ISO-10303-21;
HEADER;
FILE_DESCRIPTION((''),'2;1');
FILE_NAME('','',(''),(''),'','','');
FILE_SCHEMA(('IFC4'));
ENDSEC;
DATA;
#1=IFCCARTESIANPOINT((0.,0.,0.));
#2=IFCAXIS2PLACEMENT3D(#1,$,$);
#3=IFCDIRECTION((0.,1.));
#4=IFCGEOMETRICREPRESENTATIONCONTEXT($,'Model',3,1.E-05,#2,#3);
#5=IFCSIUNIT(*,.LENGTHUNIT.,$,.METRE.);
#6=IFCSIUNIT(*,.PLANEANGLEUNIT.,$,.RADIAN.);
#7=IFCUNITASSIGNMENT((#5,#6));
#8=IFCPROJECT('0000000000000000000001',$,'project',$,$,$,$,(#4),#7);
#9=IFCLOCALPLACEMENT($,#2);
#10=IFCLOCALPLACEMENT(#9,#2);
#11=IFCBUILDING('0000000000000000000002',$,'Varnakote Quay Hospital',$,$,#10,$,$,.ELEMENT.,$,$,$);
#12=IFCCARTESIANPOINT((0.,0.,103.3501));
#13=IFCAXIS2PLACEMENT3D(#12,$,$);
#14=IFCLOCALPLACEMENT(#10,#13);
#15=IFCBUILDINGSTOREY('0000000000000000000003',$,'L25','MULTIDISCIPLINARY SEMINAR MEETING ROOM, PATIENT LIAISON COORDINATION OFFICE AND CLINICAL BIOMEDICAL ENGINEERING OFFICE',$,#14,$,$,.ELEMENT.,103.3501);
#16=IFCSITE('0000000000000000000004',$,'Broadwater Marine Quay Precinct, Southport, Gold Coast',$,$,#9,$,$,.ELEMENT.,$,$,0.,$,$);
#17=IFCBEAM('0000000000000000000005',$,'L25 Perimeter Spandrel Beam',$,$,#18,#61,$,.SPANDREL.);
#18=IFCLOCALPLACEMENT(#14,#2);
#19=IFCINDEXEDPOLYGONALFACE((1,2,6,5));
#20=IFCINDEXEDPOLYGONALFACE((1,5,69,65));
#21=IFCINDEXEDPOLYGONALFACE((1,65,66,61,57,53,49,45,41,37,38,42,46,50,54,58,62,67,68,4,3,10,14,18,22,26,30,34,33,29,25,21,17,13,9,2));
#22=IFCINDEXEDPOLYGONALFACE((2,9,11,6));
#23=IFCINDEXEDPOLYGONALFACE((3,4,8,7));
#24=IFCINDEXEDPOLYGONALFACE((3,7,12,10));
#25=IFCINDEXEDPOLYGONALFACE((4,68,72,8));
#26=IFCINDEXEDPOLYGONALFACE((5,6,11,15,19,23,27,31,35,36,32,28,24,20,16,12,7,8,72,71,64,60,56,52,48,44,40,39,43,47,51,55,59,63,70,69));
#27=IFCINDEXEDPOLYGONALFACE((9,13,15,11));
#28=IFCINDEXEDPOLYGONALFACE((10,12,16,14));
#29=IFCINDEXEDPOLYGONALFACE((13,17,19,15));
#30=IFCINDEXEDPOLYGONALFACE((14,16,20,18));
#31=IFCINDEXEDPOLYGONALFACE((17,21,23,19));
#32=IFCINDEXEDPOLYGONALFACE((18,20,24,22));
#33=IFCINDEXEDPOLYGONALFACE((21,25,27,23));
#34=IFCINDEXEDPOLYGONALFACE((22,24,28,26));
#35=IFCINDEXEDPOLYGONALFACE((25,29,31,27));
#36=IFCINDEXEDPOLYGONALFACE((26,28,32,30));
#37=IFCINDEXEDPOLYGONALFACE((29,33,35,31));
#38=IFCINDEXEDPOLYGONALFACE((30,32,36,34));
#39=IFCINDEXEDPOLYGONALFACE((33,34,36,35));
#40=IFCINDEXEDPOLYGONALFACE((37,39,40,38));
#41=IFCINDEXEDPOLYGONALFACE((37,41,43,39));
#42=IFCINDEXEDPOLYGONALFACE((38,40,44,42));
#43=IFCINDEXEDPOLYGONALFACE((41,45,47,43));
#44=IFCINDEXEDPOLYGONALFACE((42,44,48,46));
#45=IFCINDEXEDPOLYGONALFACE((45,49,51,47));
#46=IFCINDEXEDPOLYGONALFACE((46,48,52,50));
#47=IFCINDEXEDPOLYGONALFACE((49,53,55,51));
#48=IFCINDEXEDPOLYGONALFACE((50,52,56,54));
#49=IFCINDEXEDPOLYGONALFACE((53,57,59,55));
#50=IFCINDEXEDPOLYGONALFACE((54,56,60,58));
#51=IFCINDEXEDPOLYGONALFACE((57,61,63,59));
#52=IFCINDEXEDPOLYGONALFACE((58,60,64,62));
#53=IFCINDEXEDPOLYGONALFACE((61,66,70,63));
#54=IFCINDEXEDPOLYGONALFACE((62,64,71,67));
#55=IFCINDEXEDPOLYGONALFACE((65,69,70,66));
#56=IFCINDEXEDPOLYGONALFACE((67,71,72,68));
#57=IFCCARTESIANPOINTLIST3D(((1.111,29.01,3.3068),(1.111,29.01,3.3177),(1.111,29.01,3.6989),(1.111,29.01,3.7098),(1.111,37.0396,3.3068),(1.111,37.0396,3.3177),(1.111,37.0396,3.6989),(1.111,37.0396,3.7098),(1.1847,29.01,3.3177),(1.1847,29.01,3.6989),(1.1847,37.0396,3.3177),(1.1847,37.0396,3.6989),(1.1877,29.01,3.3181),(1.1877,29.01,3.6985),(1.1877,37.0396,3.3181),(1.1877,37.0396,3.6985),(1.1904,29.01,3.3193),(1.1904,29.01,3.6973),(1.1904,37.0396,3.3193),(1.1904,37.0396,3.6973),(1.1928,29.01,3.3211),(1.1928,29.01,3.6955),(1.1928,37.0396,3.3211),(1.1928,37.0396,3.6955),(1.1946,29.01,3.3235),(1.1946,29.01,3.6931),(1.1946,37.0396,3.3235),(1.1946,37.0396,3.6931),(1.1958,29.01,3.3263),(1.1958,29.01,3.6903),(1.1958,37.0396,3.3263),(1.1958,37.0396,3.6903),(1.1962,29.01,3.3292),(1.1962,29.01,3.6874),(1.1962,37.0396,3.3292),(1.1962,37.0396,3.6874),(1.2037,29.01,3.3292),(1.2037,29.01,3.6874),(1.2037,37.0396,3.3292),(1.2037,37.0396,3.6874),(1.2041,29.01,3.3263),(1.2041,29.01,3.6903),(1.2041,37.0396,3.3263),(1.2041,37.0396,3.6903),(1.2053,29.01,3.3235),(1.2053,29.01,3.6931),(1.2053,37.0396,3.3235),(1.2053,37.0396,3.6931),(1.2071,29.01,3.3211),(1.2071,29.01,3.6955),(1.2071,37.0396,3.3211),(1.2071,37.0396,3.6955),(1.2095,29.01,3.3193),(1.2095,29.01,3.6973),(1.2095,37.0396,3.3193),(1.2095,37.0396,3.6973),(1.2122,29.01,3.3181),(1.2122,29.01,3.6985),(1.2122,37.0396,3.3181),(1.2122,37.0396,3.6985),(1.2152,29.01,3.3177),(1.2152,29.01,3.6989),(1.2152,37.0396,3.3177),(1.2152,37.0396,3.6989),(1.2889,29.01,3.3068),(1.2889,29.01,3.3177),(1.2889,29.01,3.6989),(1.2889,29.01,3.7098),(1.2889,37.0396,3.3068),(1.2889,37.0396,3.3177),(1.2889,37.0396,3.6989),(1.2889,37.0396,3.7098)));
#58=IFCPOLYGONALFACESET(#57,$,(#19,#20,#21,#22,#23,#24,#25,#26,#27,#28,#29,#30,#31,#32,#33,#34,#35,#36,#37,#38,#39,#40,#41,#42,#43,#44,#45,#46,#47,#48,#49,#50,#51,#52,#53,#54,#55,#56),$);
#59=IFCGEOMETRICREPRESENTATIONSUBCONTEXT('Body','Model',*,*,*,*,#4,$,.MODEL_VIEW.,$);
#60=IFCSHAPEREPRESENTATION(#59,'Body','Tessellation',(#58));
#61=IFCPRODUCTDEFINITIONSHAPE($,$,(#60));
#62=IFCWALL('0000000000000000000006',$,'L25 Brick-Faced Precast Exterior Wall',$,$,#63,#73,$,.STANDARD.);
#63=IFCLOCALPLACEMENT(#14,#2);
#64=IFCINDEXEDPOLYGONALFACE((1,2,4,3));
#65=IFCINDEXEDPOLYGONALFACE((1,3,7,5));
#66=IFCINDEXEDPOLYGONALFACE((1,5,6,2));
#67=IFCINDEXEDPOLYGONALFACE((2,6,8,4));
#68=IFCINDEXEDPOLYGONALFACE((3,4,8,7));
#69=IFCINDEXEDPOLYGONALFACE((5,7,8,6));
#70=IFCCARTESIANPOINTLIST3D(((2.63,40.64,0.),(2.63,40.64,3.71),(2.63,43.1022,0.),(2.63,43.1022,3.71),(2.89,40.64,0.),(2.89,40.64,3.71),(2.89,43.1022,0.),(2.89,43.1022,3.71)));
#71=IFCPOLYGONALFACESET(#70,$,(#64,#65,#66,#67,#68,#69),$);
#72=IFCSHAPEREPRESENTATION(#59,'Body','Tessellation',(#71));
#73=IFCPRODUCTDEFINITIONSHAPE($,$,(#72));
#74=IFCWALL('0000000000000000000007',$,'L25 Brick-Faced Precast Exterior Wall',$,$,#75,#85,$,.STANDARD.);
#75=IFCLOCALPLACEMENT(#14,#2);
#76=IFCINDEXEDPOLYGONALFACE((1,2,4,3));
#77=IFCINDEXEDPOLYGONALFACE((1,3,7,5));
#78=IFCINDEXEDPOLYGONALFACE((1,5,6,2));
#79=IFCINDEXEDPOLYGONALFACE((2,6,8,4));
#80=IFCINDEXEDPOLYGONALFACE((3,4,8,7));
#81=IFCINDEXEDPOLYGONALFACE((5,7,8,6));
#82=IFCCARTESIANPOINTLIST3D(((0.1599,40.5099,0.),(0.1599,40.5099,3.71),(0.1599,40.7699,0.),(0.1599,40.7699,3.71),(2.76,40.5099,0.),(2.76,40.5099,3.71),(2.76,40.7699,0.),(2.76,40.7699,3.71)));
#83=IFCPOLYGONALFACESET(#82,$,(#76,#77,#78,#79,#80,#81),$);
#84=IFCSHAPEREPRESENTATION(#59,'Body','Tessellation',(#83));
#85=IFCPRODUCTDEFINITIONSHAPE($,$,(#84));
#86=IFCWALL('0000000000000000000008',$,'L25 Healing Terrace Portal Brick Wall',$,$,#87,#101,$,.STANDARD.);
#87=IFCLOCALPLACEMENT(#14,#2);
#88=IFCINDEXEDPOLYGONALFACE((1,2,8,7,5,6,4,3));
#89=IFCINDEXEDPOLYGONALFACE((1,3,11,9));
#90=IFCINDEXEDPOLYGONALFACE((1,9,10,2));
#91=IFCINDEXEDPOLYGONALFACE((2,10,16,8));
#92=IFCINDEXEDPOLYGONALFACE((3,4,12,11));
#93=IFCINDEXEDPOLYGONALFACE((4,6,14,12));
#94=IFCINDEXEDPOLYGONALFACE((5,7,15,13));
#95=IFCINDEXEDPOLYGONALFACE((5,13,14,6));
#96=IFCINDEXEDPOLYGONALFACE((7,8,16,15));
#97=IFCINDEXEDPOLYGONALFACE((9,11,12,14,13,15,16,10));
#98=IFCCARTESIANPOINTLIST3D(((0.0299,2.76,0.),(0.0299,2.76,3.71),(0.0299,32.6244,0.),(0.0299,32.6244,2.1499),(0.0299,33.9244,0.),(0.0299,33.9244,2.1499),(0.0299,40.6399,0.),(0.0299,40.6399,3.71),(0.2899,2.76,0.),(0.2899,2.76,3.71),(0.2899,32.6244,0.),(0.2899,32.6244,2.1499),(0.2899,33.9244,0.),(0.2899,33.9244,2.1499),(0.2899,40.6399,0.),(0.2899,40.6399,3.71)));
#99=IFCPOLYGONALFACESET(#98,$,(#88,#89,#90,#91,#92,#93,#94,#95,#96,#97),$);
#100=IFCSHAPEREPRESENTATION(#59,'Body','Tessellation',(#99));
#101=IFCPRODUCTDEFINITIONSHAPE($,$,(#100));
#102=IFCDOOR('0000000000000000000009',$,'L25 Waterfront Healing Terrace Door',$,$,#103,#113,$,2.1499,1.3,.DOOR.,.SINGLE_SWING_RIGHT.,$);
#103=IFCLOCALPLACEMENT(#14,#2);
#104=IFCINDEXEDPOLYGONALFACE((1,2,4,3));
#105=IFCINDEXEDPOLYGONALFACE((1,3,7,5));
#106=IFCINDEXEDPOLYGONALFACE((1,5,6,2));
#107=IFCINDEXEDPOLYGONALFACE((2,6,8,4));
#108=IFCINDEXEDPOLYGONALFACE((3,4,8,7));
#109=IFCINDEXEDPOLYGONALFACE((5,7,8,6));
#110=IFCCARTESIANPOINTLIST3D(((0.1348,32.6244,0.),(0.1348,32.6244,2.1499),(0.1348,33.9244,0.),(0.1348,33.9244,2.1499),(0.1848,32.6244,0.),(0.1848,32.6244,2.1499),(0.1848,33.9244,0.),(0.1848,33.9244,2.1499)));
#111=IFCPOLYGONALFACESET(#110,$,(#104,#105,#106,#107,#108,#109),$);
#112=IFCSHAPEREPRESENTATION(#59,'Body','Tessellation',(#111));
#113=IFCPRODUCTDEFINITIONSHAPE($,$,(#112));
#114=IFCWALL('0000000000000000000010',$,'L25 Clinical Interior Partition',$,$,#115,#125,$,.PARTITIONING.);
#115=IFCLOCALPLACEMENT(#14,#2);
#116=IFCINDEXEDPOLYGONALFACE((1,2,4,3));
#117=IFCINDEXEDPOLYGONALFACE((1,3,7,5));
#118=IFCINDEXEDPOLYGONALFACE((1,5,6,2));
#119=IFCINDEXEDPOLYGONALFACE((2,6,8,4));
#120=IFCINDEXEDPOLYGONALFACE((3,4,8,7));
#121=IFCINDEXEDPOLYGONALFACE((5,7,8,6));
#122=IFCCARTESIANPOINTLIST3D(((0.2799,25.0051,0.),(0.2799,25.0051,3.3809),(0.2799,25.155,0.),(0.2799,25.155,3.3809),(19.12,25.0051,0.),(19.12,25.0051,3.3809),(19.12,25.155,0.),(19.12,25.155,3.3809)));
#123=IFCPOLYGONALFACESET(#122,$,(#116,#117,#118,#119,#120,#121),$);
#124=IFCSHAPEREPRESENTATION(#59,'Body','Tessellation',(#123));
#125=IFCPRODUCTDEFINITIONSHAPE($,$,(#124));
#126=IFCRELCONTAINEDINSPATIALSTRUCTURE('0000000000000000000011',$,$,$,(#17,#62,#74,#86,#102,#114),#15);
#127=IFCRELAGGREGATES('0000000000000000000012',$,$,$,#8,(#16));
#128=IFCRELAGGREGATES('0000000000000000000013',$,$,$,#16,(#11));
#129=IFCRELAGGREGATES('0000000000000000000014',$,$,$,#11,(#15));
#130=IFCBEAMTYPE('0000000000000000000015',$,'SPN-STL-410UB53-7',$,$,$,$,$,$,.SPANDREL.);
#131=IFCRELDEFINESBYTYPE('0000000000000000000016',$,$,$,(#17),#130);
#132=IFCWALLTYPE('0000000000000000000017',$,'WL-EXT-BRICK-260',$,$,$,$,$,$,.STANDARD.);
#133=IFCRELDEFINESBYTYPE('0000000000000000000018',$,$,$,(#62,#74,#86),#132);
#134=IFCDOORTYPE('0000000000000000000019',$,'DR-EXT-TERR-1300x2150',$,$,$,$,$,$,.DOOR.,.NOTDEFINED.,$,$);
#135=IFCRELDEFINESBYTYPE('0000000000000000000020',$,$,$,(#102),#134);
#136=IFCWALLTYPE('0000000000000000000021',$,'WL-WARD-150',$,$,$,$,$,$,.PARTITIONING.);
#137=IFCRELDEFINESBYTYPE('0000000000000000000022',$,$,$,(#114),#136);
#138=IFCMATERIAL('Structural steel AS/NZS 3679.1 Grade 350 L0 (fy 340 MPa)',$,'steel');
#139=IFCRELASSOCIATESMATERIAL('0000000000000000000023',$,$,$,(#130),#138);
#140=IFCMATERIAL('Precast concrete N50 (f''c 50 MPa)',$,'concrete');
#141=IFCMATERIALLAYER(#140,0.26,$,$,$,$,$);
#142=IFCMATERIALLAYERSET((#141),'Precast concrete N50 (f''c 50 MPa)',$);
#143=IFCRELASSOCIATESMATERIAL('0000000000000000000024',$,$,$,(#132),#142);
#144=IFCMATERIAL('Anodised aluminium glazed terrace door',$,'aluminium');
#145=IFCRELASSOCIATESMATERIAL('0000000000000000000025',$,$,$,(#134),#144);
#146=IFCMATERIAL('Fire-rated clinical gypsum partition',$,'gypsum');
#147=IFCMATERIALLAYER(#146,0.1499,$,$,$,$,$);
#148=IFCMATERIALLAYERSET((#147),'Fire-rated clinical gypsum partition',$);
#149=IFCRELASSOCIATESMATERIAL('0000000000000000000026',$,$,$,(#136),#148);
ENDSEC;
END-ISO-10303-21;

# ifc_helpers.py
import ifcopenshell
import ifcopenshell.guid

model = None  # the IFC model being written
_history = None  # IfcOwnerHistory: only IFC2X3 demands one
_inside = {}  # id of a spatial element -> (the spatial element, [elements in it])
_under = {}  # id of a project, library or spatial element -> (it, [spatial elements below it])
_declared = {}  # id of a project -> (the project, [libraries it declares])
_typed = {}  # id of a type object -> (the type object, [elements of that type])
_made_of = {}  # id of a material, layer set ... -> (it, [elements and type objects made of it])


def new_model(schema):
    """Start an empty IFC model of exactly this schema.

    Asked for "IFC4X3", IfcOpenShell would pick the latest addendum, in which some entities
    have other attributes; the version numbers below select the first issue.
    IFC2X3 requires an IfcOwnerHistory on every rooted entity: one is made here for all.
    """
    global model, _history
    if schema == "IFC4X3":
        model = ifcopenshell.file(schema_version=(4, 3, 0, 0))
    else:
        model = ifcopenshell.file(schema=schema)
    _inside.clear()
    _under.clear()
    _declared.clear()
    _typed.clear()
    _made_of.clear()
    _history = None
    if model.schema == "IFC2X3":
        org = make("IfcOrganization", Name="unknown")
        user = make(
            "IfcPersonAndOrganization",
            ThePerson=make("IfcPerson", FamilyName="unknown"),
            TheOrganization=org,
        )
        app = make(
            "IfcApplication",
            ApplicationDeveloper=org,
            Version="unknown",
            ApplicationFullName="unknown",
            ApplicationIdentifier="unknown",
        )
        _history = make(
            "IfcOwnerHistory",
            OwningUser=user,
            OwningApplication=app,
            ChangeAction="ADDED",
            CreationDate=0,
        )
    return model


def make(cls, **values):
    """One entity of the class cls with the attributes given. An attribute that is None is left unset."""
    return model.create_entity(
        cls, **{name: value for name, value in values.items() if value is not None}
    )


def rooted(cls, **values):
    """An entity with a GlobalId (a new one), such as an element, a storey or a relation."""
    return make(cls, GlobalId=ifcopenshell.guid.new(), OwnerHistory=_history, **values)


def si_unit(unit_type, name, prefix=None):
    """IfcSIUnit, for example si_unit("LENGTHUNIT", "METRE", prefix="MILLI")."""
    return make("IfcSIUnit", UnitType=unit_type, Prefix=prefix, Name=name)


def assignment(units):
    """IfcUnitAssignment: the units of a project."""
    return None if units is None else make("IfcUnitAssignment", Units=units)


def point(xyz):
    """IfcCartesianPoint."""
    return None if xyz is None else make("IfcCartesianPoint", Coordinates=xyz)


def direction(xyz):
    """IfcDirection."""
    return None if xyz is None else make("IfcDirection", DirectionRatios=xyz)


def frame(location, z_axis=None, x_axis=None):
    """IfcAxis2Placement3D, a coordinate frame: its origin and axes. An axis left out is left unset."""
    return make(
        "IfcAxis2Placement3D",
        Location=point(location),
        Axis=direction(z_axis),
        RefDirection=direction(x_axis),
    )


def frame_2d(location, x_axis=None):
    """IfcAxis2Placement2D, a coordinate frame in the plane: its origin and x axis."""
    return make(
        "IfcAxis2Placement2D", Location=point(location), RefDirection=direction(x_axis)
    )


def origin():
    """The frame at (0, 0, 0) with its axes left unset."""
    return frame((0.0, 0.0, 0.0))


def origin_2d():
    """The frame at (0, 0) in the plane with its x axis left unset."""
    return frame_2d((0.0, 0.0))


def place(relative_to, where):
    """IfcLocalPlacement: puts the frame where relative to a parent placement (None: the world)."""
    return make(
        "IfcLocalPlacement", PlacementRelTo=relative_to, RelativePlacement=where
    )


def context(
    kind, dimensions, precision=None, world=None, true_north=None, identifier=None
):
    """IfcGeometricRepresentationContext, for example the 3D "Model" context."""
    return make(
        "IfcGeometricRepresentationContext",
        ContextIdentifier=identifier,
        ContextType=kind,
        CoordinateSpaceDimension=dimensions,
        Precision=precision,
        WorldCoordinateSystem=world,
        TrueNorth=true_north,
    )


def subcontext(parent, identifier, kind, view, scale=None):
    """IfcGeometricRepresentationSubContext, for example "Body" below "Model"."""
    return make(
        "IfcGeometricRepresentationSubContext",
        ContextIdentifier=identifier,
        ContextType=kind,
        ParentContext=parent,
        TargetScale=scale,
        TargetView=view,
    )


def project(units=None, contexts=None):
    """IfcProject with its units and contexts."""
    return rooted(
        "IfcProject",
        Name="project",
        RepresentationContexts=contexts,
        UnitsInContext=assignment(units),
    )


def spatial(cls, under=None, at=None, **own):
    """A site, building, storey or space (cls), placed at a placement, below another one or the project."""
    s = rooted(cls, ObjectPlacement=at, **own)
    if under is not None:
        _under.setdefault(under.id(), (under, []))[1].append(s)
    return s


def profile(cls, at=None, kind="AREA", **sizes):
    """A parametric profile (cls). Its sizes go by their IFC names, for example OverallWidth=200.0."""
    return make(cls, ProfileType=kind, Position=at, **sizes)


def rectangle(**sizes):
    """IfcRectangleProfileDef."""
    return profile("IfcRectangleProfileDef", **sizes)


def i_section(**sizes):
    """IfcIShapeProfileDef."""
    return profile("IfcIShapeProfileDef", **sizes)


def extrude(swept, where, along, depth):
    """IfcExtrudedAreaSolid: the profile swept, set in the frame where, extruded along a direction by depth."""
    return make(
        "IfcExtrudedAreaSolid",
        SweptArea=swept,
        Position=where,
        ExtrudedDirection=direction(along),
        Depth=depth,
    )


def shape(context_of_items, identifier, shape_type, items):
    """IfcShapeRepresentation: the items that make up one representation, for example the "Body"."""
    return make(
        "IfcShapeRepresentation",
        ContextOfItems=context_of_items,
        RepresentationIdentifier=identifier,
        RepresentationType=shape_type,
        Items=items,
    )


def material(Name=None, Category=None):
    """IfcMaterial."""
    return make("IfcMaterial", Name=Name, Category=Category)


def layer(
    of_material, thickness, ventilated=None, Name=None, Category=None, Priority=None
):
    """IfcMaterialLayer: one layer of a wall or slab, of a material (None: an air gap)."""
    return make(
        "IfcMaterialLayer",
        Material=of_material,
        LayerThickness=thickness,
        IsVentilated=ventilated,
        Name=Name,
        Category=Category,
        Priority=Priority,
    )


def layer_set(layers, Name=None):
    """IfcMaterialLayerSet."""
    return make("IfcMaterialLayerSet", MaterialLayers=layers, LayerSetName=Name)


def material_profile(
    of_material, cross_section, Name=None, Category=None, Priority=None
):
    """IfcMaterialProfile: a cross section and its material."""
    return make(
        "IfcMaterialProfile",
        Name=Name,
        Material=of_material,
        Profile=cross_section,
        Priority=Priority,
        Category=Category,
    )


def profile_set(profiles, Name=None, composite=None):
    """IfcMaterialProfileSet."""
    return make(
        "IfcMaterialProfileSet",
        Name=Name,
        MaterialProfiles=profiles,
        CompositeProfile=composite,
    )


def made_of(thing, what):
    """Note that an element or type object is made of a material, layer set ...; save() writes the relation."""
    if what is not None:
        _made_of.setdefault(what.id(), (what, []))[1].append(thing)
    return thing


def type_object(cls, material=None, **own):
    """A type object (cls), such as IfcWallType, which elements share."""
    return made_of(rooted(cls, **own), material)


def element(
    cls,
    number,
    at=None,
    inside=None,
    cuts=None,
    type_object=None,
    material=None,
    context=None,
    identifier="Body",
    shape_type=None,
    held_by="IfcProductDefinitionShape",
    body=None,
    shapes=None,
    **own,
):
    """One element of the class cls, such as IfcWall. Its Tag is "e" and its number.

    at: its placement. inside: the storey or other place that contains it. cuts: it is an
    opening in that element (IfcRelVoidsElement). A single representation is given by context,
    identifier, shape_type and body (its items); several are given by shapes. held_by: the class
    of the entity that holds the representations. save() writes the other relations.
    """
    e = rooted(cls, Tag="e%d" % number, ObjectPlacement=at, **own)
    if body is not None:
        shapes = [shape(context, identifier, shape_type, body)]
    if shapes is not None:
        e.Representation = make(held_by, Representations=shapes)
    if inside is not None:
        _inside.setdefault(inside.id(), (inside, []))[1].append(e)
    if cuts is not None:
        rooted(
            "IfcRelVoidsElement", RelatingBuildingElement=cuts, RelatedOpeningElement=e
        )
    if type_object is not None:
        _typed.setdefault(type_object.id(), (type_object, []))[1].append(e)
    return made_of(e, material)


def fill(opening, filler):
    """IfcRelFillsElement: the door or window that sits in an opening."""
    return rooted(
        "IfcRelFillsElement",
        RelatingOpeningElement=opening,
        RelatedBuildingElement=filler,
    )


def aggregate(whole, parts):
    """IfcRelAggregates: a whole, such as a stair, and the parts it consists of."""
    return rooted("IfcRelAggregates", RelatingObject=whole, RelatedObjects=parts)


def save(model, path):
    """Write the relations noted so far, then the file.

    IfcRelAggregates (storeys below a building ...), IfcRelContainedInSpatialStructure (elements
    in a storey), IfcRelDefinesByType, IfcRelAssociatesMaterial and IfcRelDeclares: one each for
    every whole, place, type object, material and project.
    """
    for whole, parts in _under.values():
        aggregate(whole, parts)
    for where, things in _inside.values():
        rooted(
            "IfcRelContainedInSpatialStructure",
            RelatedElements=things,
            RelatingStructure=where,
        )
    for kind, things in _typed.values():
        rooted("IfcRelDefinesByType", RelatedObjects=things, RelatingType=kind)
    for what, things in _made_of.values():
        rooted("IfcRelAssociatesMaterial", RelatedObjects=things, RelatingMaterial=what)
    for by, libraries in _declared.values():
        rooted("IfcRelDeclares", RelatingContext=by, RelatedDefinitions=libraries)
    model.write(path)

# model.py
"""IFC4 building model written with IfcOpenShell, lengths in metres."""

from ifc_helpers import new_model, si_unit, direction, frame, frame_2d, origin, origin_2d, place, context, subcontext, project, spatial, rectangle, i_section, extrude, material, layer, layer_set, material_profile, profile_set, type_object, element, fill, save


model = new_model("IFC4")

# Units and contexts
model_context = context("Model", 3, precision=1e-05, world=origin(), true_north=direction((0.0, 1.0)))
body_context = subcontext(model_context, "Body", "Model", "MODEL_VIEW")
ifc_project = project(units=[si_unit("LENGTHUNIT", "METRE"), si_unit("PLANEANGLEUNIT", "RADIAN")], contexts=[model_context])

# Site, building, storey
site_placement = place(None, origin())
site = spatial("IfcSite", under=ifc_project, at=site_placement, Name="Broadwater Marine Quay Precinct, Southport, Gold Coast", CompositionType="ELEMENT", RefElevation=0.0)
building_placement = place(site_placement, origin())
building = spatial("IfcBuilding", under=site, at=building_placement, Name="Varnakote Quay Hospital", CompositionType="ELEMENT")
storey_placement = place(building_placement, frame((0.0, 0.0, 103.3501)))
storey = spatial("IfcBuildingStorey", under=building, at=storey_placement, Name="L25", Description="MULTIDISCIPLINARY SEMINAR MEETING ROOM, PATIENT LIAISON COORDINATION OFFICE AND CLINICAL BIOMEDICAL ENGINEERING OFFICE", CompositionType="ELEMENT", Elevation=103.3501)

# Beam
ifc_material_1 = material(Name="Structural steel AS/NZS 3679.1 Grade 350 L0 (fy 340 MPa)", Category="steel")
ifc_material_profile_1 = material_profile(ifc_material_1, i_section(OverallWidth=0.178, OverallDepth=0.4031, WebThickness=0.0076, FlangeThickness=0.011, FilletRadius=0.0115, at=origin_2d()), Name="410UB53.7")
ifc_profile_set_1 = profile_set([ifc_material_profile_1], Name="Structural steel AS/NZS 3679.1 Grade 350 L0 (fy 340 MPa)")
beam_type_1 = type_object("IfcBeamType", Name="SPN-STL-410UB53-7", PredefinedType="SPANDREL", material=ifc_profile_set_1)
beam_1_placement = place(storey_placement, frame((1.2, 29.01, 3.5083), z_axis=(0.0, 1.0, 0.0), x_axis=(-1.0, 0.0, 0.0)))
element("IfcBeam", 1, at=beam_1_placement, inside=storey, type_object=beam_type_1, Name="L25 Perimeter Spandrel Beam", PredefinedType="SPANDREL", context=body_context, shape_type="SweptSolid", body=[
    extrude(i_section(OverallWidth=0.178, OverallDepth=0.4031, WebThickness=0.0076, FlangeThickness=0.011, FilletRadius=0.0115, at=origin_2d()), origin(), (0.0, 0.0, 1.0), 8.0295),
])

# Walls
ifc_material_2 = material(Name="Precast concrete N50 (f'c 50 MPa)", Category="concrete")
ifc_layer_1 = layer(ifc_material_2, 0.26)
ifc_layer_set_1 = layer_set([ifc_layer_1], Name="Precast concrete N50 (f'c 50 MPa)")
wall_type_1 = type_object("IfcWallType", Name="WL-EXT-BRICK-260", PredefinedType="STANDARD", material=ifc_layer_set_1)
wall_1_placement = place(storey_placement, frame((2.76, 43.1021, 0.0), z_axis=(0.0, 0.0, 1.0), x_axis=(0.0, -1.0, 0.0)))
element("IfcWall", 2, at=wall_1_placement, inside=storey, type_object=wall_type_1, Name="L25 Brick-Faced Precast Exterior Wall", PredefinedType="STANDARD", context=body_context, shape_type="SweptSolid", body=[
    extrude(rectangle(XDim=2.4622, YDim=0.26, at=frame_2d((1.231, 0.0))), origin(), (0.0, 0.0, 1.0), 3.71),
])
wall_2_placement = place(storey_placement, frame((2.76, 40.6399, 0.0), z_axis=(0.0, 0.0, 1.0), x_axis=(-1.0, 0.0, 0.0)))
element("IfcWall", 3, at=wall_2_placement, inside=storey, type_object=wall_type_1, Name="L25 Brick-Faced Precast Exterior Wall", PredefinedType="STANDARD", context=body_context, shape_type="SweptSolid", body=[
    extrude(rectangle(XDim=2.6001, YDim=0.26, at=frame_2d((1.3, 0.0))), origin(), (0.0, 0.0, 1.0), 3.71),
])

# Wall, opening, door
wall_3_placement = place(storey_placement, frame((0.1599, 40.6399, 0.0), z_axis=(0.0, 0.0, 1.0), x_axis=(0.0, -1.0, 0.0)))
wall_3 = element("IfcWall", 4, at=wall_3_placement, inside=storey, type_object=wall_type_1, Name="L25 Healing Terrace Portal Brick Wall", PredefinedType="STANDARD", context=body_context, shape_type="SweptSolid", body=[
    extrude(rectangle(XDim=37.8799, YDim=0.26, at=frame_2d((18.9399, 0.0))), origin(), (0.0, 0.0, 1.0), 3.71),
])
opening_placement = place(wall_3_placement, frame((6.7156, 0.0, 0.0)))
opening = element("IfcOpeningElement", 5, at=opening_placement, cuts=wall_3, PredefinedType="OPENING", context=body_context, shape_type="SweptSolid", body=[
    extrude(rectangle(XDim=1.3, YDim=2.1499, at=frame_2d((0.6499, 1.075))), frame((0.0, 0.1399, 0.0), z_axis=(0.0, -1.0, 0.0), x_axis=(1.0, 0.0, 0.0)), (0.0, 0.0, 1.0), 0.28),
])
ifc_material_3 = material(Name="Anodised aluminium glazed terrace door", Category="aluminium")
door_type = type_object("IfcDoorType", Name="DR-EXT-TERR-1300x2150", OperationType="NOTDEFINED", PredefinedType="DOOR", material=ifc_material_3)
door_placement = place(opening_placement, origin())
door = element("IfcDoor", 6, at=door_placement, inside=storey, type_object=door_type, Name="L25 Waterfront Healing Terrace Door", OperationType="SINGLE_SWING_RIGHT", OverallHeight=2.1499, OverallWidth=1.3, PredefinedType="DOOR", context=body_context, shape_type="SweptSolid", body=[
    extrude(rectangle(XDim=1.3, YDim=2.1499, at=frame_2d((0.6499, 1.075))), frame((0.0, 0.0249, 0.0), z_axis=(0.0, -1.0, 0.0), x_axis=(1.0, 0.0, 0.0)), (0.0, 0.0, 1.0), 0.05),
])
fill(opening, door)

# Wall
ifc_material_4 = material(Name="Fire-rated clinical gypsum partition", Category="gypsum")
ifc_layer_2 = layer(ifc_material_4, 0.1499)
ifc_layer_set_2 = layer_set([ifc_layer_2], Name="Fire-rated clinical gypsum partition")
wall_type_2 = type_object("IfcWallType", Name="WL-WARD-150", PredefinedType="PARTITIONING", material=ifc_layer_set_2)
wall_4_placement = place(storey_placement, frame((0.28, 25.0801, 0.0), z_axis=(0.0, 0.0, 1.0), x_axis=(1.0, 0.0, 0.0)))
element("IfcWall", 7, at=wall_4_placement, inside=storey, type_object=wall_type_2, Name="L25 Clinical Interior Partition", PredefinedType="PARTITIONING", context=body_context, shape_type="SweptSolid", body=[
    extrude(rectangle(XDim=18.8401, YDim=0.1499, at=frame_2d((9.4199, 0.0))), origin(), (0.0, 0.0, 1.0), 3.3809),
])

save(model, "model.ifc")
